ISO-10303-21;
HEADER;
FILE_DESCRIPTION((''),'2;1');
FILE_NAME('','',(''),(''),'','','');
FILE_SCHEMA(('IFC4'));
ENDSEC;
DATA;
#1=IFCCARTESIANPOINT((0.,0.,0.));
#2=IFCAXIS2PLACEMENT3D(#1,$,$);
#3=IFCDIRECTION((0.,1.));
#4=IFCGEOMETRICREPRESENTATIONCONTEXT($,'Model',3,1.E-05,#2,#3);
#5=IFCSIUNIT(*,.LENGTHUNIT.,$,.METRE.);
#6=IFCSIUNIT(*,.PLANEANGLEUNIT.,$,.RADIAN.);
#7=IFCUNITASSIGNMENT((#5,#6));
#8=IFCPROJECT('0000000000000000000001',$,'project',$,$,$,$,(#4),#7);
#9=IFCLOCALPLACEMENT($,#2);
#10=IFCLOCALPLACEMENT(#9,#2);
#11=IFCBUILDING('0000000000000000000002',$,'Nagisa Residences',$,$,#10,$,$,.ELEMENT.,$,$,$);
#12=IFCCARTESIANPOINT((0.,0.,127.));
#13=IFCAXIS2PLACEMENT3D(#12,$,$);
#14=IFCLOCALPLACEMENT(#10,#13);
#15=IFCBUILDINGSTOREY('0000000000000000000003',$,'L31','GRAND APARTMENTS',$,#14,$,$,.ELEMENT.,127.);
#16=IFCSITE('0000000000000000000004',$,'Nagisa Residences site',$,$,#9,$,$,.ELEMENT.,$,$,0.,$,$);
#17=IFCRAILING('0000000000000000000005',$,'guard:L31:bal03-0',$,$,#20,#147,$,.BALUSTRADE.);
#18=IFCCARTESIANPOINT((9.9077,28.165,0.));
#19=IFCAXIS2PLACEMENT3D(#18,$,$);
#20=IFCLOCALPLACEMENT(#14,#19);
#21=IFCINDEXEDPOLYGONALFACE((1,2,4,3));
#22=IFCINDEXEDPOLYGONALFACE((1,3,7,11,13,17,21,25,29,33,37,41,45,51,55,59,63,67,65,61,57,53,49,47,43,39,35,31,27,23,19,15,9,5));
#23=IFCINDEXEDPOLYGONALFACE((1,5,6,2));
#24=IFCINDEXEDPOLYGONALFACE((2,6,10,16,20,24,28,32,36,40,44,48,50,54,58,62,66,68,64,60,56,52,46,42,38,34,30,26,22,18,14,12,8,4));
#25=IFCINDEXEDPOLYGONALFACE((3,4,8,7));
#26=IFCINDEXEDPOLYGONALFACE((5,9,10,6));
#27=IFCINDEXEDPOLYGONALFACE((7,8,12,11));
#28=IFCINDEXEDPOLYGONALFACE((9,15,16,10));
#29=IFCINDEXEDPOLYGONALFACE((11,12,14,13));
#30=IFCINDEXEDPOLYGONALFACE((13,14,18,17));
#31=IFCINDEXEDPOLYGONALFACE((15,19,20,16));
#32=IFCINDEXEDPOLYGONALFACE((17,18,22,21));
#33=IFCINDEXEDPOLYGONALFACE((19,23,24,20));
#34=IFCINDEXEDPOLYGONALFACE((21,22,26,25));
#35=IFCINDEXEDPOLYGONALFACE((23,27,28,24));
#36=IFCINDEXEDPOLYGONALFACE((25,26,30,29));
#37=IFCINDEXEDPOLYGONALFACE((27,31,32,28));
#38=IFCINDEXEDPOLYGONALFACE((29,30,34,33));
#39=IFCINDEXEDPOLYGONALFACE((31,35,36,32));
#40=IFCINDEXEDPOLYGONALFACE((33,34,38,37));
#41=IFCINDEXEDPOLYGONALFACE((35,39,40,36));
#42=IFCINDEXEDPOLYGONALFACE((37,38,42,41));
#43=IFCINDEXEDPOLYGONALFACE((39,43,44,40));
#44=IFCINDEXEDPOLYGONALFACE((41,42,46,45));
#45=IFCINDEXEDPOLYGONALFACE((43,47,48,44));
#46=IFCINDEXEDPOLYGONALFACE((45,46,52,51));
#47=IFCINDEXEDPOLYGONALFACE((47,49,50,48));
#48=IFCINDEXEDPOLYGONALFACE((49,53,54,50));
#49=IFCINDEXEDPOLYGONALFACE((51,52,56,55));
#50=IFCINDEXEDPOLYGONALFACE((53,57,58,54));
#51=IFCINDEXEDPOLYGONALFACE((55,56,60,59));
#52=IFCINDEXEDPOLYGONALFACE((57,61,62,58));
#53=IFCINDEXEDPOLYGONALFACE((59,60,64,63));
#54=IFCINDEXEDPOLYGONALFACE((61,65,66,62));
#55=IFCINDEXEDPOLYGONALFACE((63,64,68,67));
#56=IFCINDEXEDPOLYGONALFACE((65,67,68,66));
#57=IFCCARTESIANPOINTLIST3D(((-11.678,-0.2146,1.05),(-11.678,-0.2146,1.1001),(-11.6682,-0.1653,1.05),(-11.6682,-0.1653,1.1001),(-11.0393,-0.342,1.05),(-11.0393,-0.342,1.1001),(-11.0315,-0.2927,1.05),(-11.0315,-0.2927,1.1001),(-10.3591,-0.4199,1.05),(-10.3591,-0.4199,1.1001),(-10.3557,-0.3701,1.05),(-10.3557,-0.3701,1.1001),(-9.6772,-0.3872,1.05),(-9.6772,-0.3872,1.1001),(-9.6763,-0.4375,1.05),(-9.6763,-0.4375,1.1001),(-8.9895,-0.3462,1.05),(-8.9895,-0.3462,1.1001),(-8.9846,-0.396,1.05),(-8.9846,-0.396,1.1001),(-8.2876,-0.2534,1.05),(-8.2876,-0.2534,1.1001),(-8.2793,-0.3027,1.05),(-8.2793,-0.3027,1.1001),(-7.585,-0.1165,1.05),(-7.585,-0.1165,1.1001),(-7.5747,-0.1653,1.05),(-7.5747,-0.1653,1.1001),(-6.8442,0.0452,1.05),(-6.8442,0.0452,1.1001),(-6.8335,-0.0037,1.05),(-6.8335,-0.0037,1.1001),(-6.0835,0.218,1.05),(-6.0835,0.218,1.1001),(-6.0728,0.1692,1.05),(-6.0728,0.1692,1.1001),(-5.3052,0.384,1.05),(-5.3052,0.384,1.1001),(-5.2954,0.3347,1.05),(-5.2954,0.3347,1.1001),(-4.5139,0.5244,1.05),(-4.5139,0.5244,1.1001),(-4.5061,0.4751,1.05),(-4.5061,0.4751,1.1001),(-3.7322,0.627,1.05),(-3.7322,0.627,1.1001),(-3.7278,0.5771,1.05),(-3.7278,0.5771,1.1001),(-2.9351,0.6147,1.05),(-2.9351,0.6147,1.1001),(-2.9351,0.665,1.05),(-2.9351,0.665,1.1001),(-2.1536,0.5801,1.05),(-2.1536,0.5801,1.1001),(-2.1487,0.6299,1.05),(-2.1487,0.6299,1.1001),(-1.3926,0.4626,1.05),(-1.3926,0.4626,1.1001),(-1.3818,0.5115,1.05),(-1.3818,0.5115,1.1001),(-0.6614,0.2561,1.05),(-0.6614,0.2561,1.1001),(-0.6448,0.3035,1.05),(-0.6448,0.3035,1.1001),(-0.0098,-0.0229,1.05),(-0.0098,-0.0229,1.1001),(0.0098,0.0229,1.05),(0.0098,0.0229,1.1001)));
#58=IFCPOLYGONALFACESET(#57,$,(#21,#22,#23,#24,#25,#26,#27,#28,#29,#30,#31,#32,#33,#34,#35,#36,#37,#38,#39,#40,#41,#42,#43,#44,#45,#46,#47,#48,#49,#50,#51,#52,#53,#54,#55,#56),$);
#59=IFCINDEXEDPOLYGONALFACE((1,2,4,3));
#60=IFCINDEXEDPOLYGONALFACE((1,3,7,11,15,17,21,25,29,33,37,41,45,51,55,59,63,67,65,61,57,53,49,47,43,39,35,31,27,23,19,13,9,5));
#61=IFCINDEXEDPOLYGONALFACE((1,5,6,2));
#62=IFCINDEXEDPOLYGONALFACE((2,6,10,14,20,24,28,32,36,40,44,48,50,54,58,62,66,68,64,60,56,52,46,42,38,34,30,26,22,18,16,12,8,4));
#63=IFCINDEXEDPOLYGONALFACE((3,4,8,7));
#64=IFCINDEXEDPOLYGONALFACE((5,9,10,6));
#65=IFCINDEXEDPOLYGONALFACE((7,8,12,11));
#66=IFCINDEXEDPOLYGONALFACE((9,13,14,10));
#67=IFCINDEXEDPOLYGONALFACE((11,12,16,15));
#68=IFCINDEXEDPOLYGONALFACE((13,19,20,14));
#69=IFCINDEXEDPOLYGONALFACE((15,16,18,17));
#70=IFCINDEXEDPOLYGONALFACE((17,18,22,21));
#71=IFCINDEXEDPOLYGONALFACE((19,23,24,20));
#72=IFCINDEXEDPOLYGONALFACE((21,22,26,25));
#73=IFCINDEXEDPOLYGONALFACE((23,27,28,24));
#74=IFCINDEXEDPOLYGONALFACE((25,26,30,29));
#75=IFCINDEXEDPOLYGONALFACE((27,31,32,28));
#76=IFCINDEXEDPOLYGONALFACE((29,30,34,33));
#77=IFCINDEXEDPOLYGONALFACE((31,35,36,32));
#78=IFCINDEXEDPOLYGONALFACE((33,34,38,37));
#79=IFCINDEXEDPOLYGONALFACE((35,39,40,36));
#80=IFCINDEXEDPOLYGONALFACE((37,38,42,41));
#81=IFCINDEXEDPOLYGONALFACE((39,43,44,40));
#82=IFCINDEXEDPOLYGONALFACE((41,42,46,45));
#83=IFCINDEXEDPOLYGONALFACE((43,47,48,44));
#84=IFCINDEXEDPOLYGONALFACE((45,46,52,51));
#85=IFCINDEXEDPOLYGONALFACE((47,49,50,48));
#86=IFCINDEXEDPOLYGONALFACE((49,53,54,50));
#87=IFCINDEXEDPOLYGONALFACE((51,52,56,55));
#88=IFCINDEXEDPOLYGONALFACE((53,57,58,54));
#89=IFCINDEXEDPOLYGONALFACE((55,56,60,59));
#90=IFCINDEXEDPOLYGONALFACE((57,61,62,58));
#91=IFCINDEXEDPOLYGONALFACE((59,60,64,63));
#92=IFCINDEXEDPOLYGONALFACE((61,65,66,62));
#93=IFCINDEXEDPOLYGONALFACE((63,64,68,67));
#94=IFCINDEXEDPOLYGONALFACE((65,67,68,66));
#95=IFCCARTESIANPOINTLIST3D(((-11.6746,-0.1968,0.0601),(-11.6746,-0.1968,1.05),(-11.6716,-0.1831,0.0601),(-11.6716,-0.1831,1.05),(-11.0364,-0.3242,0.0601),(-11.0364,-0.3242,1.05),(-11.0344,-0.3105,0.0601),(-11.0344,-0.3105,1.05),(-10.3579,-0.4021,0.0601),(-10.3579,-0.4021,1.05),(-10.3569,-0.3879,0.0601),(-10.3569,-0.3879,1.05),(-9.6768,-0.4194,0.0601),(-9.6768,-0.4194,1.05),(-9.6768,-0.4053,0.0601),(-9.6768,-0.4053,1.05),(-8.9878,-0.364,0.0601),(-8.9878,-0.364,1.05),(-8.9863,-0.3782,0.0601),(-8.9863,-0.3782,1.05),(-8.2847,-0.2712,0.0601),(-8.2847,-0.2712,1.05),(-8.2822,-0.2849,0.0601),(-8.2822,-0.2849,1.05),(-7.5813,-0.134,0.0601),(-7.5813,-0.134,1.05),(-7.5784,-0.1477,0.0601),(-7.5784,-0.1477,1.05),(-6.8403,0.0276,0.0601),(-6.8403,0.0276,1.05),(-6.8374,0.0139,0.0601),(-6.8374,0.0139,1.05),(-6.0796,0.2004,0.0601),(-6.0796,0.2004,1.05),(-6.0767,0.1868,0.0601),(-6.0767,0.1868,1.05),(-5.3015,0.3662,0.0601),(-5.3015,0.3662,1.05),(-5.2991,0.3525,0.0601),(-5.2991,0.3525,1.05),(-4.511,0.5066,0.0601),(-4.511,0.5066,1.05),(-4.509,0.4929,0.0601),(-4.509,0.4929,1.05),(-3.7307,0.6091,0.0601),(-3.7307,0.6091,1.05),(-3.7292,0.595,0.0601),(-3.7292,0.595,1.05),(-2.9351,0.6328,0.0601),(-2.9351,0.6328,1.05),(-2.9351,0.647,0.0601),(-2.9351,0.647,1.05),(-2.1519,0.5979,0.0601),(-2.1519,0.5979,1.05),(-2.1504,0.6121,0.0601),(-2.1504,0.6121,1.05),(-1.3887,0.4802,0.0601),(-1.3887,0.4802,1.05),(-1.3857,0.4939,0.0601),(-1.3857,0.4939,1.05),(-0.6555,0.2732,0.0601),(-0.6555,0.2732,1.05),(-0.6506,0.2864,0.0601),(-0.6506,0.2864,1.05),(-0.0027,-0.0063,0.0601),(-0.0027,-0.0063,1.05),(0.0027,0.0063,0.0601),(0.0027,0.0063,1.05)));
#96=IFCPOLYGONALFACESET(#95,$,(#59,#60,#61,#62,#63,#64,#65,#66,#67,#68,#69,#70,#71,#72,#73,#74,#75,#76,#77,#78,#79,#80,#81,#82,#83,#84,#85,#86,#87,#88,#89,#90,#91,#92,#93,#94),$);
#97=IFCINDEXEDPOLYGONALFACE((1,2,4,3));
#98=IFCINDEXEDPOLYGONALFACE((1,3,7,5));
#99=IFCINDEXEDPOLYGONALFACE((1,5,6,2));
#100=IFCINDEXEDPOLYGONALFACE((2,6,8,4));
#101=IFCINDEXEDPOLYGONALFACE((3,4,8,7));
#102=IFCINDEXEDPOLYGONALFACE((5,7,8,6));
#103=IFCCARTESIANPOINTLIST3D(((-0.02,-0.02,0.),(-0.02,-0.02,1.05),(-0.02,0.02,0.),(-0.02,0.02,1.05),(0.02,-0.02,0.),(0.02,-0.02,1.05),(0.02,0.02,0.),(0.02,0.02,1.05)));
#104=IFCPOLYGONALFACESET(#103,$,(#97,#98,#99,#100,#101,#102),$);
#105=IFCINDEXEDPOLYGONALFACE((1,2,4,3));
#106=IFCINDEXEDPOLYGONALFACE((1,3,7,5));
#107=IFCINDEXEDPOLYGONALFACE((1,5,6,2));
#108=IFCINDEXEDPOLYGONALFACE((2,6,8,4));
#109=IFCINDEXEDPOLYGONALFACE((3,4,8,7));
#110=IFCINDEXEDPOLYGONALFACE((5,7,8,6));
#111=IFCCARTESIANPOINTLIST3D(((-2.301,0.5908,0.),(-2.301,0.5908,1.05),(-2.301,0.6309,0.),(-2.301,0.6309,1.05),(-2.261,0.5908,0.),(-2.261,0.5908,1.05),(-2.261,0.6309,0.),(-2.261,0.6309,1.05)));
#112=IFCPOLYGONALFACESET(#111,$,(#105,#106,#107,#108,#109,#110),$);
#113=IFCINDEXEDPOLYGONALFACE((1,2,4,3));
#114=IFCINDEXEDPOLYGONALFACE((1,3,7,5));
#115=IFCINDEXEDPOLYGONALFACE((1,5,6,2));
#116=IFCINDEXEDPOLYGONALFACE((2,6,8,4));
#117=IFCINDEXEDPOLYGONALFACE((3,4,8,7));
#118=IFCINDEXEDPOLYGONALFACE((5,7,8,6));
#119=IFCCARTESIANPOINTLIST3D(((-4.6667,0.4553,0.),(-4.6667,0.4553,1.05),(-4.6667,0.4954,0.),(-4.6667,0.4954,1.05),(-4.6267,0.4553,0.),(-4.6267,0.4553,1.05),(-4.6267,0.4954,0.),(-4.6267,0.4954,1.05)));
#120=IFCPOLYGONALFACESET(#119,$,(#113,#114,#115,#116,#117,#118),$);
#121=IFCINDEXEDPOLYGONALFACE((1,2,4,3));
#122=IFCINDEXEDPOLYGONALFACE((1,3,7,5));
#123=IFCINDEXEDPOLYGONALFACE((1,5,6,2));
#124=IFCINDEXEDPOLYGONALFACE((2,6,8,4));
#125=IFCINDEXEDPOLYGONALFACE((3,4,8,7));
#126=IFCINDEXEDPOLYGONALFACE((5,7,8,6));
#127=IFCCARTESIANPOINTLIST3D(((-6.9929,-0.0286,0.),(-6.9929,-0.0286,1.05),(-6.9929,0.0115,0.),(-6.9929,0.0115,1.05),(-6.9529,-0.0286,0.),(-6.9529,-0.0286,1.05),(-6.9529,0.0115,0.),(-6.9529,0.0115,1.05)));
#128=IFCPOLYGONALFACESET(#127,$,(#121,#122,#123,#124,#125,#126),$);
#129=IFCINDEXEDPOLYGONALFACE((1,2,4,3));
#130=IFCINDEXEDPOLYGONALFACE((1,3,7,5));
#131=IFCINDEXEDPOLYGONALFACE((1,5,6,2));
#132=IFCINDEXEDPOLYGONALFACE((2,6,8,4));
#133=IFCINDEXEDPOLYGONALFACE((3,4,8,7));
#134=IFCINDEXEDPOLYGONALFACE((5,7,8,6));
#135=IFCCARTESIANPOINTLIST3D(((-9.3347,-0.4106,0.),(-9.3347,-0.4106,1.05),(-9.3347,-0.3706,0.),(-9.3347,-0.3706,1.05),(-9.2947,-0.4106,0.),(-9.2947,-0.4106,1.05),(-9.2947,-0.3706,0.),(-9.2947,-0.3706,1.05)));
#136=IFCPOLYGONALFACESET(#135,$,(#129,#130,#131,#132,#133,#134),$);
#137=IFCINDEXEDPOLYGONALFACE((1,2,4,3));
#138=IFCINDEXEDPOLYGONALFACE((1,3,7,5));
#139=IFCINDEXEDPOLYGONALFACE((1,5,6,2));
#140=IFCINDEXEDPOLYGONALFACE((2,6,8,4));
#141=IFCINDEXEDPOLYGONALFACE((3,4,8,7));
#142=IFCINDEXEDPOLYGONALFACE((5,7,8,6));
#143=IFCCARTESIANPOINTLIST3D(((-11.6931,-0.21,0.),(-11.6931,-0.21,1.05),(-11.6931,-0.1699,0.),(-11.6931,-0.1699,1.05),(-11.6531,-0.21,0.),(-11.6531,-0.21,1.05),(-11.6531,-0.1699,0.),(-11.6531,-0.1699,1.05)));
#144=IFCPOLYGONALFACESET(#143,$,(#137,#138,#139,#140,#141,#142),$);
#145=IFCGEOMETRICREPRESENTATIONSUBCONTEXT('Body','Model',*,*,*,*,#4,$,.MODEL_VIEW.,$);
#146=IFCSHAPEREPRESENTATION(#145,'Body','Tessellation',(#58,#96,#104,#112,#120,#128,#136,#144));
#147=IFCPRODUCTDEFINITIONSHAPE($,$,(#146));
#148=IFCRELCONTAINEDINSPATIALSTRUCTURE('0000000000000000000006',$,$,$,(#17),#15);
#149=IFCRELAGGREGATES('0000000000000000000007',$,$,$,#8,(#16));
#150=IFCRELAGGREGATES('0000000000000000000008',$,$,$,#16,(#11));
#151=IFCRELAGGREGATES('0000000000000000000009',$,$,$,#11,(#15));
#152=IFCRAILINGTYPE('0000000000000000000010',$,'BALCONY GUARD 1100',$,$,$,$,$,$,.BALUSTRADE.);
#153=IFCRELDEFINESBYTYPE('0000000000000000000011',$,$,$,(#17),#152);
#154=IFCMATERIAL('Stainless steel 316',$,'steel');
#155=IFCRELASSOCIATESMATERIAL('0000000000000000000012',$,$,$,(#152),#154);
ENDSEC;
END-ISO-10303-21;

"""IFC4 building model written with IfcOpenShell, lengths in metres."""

from ifc_helpers import new_model, si_unit, direction, frame, origin, origin_2d, place, context, subcontext, project, spatial, polyline, rectangle, outline, extrude, material, type_object, element, save


model = new_model("IFC4")

# Units and contexts
model_context = context("Model", 3, precision=1e-05, world=origin(), true_north=direction((0.0, 1.0)))
body_context = subcontext(model_context, "Body", "Model", "MODEL_VIEW")
ifc_project = project(units=[si_unit("LENGTHUNIT", "METRE"), si_unit("PLANEANGLEUNIT", "RADIAN")], contexts=[model_context])

# Site, building, storey
site_placement = place(None, origin())
site = spatial("IfcSite", under=ifc_project, at=site_placement, Name="Nagisa Residences site", CompositionType="ELEMENT", RefElevation=0.0)
building_placement = place(site_placement, origin())
building = spatial("IfcBuilding", under=site, at=building_placement, Name="Nagisa Residences", CompositionType="ELEMENT")
storey_placement = place(building_placement, frame((0.0, 0.0, 127.0)))
storey = spatial("IfcBuildingStorey", under=building, at=storey_placement, Name="L31", Description="GRAND APARTMENTS", CompositionType="ELEMENT", Elevation=127.0)

# Railing
ifc_material_1 = material(Name="Stainless steel 316", Category="steel")
railing_type = type_object("IfcRailingType", Name="BALCONY GUARD 1100", PredefinedType="BALUSTRADE", material=ifc_material_1)
railing_1_placement = place(storey_placement, frame((9.9077, 28.165, 0.0)))
element("IfcRailing", 1, at=railing_1_placement, inside=storey, type_object=railing_type, Name="guard:L31:bal03-0", PredefinedType="BALUSTRADE", context=body_context, shape_type="SweptSolid", body=[
    extrude(outline(polyline([(-0.6614, 0.2561), (-0.0098, -0.0229), (0.0098, 0.0229), (-0.6448, 0.3035), (-1.3818, 0.5115), (-2.1487, 0.6299), (-2.9351, 0.665), (-3.7322, 0.627), (-4.5139, 0.5244), (-5.3052, 0.384), (-6.0835, 0.218), (-6.8442, 0.0452), (-7.585, -0.1165), (-8.2876, -0.2534), (-8.9895, -0.3462), (-9.6772, -0.3872), (-10.3557, -0.3701), (-11.0315, -0.2927), (-11.6682, -0.1653), (-11.678, -0.2146), (-11.0393, -0.342), (-10.3591, -0.4199), (-9.6763, -0.4375), (-8.9846, -0.396), (-8.2793, -0.3027), (-7.5747, -0.1653), (-6.8335, -0.0037), (-6.0728, 0.1692), (-5.2954, 0.3347), (-4.5061, 0.4751), (-3.7278, 0.5771), (-2.9351, 0.6147), (-2.1536, 0.5801), (-1.3926, 0.4626), (-0.6614, 0.2561)])), frame((0.0, 0.0, 1.05)), (0.0, 0.0, 1.0), 0.05),
    extrude(outline(polyline([(-0.6555, 0.2732), (-0.0027, -0.0063), (0.0027, 0.0063), (-0.6506, 0.2864), (-1.3857, 0.4939), (-2.1504, 0.6121), (-2.9351, 0.647), (-3.7307, 0.6091), (-4.511, 0.5066), (-5.3015, 0.3662), (-6.0796, 0.2004), (-6.8403, 0.0276), (-7.5813, -0.134), (-8.2847, -0.2712), (-8.9878, -0.364), (-9.6768, -0.4053), (-10.3569, -0.3879), (-11.0344, -0.3105), (-11.6716, -0.1831), (-11.6746, -0.1968), (-11.0364, -0.3242), (-10.3579, -0.4021), (-9.6768, -0.4194), (-8.9863, -0.3782), (-8.2822, -0.2849), (-7.5784, -0.1477), (-6.8374, 0.0139), (-6.0767, 0.1868), (-5.2991, 0.3525), (-4.509, 0.4929), (-3.7292, 0.595), (-2.9351, 0.6328), (-2.1519, 0.5979), (-1.3887, 0.4802), (-0.6555, 0.2732)])), frame((0.0, 0.0, 0.0601)), (0.0, 0.0, 1.0), 0.99),
    extrude(rectangle(XDim=0.04, YDim=0.04, at=origin_2d()), origin(), (0.0, 0.0, 1.0), 1.05),
    extrude(rectangle(XDim=0.04, YDim=0.04, at=origin_2d()), frame((-2.281, 0.6108, 0.0)), (0.0, 0.0, 1.0), 1.05),
    extrude(rectangle(XDim=0.04, YDim=0.04, at=origin_2d()), frame((-4.6467, 0.4753, 0.0)), (0.0, 0.0, 1.0), 1.05),
    extrude(rectangle(XDim=0.04, YDim=0.04, at=origin_2d()), frame((-6.9729, -0.0085, 0.0)), (0.0, 0.0, 1.0), 1.05),
    extrude(rectangle(XDim=0.04, YDim=0.04, at=origin_2d()), frame((-9.3147, -0.3906, 0.0)), (0.0, 0.0, 1.0), 1.05),
    extrude(rectangle(XDim=0.04, YDim=0.04, at=origin_2d()), frame((-11.6731, -0.1899, 0.0)), (0.0, 0.0, 1.0), 1.05),
])

save(model, "model.ifc")
